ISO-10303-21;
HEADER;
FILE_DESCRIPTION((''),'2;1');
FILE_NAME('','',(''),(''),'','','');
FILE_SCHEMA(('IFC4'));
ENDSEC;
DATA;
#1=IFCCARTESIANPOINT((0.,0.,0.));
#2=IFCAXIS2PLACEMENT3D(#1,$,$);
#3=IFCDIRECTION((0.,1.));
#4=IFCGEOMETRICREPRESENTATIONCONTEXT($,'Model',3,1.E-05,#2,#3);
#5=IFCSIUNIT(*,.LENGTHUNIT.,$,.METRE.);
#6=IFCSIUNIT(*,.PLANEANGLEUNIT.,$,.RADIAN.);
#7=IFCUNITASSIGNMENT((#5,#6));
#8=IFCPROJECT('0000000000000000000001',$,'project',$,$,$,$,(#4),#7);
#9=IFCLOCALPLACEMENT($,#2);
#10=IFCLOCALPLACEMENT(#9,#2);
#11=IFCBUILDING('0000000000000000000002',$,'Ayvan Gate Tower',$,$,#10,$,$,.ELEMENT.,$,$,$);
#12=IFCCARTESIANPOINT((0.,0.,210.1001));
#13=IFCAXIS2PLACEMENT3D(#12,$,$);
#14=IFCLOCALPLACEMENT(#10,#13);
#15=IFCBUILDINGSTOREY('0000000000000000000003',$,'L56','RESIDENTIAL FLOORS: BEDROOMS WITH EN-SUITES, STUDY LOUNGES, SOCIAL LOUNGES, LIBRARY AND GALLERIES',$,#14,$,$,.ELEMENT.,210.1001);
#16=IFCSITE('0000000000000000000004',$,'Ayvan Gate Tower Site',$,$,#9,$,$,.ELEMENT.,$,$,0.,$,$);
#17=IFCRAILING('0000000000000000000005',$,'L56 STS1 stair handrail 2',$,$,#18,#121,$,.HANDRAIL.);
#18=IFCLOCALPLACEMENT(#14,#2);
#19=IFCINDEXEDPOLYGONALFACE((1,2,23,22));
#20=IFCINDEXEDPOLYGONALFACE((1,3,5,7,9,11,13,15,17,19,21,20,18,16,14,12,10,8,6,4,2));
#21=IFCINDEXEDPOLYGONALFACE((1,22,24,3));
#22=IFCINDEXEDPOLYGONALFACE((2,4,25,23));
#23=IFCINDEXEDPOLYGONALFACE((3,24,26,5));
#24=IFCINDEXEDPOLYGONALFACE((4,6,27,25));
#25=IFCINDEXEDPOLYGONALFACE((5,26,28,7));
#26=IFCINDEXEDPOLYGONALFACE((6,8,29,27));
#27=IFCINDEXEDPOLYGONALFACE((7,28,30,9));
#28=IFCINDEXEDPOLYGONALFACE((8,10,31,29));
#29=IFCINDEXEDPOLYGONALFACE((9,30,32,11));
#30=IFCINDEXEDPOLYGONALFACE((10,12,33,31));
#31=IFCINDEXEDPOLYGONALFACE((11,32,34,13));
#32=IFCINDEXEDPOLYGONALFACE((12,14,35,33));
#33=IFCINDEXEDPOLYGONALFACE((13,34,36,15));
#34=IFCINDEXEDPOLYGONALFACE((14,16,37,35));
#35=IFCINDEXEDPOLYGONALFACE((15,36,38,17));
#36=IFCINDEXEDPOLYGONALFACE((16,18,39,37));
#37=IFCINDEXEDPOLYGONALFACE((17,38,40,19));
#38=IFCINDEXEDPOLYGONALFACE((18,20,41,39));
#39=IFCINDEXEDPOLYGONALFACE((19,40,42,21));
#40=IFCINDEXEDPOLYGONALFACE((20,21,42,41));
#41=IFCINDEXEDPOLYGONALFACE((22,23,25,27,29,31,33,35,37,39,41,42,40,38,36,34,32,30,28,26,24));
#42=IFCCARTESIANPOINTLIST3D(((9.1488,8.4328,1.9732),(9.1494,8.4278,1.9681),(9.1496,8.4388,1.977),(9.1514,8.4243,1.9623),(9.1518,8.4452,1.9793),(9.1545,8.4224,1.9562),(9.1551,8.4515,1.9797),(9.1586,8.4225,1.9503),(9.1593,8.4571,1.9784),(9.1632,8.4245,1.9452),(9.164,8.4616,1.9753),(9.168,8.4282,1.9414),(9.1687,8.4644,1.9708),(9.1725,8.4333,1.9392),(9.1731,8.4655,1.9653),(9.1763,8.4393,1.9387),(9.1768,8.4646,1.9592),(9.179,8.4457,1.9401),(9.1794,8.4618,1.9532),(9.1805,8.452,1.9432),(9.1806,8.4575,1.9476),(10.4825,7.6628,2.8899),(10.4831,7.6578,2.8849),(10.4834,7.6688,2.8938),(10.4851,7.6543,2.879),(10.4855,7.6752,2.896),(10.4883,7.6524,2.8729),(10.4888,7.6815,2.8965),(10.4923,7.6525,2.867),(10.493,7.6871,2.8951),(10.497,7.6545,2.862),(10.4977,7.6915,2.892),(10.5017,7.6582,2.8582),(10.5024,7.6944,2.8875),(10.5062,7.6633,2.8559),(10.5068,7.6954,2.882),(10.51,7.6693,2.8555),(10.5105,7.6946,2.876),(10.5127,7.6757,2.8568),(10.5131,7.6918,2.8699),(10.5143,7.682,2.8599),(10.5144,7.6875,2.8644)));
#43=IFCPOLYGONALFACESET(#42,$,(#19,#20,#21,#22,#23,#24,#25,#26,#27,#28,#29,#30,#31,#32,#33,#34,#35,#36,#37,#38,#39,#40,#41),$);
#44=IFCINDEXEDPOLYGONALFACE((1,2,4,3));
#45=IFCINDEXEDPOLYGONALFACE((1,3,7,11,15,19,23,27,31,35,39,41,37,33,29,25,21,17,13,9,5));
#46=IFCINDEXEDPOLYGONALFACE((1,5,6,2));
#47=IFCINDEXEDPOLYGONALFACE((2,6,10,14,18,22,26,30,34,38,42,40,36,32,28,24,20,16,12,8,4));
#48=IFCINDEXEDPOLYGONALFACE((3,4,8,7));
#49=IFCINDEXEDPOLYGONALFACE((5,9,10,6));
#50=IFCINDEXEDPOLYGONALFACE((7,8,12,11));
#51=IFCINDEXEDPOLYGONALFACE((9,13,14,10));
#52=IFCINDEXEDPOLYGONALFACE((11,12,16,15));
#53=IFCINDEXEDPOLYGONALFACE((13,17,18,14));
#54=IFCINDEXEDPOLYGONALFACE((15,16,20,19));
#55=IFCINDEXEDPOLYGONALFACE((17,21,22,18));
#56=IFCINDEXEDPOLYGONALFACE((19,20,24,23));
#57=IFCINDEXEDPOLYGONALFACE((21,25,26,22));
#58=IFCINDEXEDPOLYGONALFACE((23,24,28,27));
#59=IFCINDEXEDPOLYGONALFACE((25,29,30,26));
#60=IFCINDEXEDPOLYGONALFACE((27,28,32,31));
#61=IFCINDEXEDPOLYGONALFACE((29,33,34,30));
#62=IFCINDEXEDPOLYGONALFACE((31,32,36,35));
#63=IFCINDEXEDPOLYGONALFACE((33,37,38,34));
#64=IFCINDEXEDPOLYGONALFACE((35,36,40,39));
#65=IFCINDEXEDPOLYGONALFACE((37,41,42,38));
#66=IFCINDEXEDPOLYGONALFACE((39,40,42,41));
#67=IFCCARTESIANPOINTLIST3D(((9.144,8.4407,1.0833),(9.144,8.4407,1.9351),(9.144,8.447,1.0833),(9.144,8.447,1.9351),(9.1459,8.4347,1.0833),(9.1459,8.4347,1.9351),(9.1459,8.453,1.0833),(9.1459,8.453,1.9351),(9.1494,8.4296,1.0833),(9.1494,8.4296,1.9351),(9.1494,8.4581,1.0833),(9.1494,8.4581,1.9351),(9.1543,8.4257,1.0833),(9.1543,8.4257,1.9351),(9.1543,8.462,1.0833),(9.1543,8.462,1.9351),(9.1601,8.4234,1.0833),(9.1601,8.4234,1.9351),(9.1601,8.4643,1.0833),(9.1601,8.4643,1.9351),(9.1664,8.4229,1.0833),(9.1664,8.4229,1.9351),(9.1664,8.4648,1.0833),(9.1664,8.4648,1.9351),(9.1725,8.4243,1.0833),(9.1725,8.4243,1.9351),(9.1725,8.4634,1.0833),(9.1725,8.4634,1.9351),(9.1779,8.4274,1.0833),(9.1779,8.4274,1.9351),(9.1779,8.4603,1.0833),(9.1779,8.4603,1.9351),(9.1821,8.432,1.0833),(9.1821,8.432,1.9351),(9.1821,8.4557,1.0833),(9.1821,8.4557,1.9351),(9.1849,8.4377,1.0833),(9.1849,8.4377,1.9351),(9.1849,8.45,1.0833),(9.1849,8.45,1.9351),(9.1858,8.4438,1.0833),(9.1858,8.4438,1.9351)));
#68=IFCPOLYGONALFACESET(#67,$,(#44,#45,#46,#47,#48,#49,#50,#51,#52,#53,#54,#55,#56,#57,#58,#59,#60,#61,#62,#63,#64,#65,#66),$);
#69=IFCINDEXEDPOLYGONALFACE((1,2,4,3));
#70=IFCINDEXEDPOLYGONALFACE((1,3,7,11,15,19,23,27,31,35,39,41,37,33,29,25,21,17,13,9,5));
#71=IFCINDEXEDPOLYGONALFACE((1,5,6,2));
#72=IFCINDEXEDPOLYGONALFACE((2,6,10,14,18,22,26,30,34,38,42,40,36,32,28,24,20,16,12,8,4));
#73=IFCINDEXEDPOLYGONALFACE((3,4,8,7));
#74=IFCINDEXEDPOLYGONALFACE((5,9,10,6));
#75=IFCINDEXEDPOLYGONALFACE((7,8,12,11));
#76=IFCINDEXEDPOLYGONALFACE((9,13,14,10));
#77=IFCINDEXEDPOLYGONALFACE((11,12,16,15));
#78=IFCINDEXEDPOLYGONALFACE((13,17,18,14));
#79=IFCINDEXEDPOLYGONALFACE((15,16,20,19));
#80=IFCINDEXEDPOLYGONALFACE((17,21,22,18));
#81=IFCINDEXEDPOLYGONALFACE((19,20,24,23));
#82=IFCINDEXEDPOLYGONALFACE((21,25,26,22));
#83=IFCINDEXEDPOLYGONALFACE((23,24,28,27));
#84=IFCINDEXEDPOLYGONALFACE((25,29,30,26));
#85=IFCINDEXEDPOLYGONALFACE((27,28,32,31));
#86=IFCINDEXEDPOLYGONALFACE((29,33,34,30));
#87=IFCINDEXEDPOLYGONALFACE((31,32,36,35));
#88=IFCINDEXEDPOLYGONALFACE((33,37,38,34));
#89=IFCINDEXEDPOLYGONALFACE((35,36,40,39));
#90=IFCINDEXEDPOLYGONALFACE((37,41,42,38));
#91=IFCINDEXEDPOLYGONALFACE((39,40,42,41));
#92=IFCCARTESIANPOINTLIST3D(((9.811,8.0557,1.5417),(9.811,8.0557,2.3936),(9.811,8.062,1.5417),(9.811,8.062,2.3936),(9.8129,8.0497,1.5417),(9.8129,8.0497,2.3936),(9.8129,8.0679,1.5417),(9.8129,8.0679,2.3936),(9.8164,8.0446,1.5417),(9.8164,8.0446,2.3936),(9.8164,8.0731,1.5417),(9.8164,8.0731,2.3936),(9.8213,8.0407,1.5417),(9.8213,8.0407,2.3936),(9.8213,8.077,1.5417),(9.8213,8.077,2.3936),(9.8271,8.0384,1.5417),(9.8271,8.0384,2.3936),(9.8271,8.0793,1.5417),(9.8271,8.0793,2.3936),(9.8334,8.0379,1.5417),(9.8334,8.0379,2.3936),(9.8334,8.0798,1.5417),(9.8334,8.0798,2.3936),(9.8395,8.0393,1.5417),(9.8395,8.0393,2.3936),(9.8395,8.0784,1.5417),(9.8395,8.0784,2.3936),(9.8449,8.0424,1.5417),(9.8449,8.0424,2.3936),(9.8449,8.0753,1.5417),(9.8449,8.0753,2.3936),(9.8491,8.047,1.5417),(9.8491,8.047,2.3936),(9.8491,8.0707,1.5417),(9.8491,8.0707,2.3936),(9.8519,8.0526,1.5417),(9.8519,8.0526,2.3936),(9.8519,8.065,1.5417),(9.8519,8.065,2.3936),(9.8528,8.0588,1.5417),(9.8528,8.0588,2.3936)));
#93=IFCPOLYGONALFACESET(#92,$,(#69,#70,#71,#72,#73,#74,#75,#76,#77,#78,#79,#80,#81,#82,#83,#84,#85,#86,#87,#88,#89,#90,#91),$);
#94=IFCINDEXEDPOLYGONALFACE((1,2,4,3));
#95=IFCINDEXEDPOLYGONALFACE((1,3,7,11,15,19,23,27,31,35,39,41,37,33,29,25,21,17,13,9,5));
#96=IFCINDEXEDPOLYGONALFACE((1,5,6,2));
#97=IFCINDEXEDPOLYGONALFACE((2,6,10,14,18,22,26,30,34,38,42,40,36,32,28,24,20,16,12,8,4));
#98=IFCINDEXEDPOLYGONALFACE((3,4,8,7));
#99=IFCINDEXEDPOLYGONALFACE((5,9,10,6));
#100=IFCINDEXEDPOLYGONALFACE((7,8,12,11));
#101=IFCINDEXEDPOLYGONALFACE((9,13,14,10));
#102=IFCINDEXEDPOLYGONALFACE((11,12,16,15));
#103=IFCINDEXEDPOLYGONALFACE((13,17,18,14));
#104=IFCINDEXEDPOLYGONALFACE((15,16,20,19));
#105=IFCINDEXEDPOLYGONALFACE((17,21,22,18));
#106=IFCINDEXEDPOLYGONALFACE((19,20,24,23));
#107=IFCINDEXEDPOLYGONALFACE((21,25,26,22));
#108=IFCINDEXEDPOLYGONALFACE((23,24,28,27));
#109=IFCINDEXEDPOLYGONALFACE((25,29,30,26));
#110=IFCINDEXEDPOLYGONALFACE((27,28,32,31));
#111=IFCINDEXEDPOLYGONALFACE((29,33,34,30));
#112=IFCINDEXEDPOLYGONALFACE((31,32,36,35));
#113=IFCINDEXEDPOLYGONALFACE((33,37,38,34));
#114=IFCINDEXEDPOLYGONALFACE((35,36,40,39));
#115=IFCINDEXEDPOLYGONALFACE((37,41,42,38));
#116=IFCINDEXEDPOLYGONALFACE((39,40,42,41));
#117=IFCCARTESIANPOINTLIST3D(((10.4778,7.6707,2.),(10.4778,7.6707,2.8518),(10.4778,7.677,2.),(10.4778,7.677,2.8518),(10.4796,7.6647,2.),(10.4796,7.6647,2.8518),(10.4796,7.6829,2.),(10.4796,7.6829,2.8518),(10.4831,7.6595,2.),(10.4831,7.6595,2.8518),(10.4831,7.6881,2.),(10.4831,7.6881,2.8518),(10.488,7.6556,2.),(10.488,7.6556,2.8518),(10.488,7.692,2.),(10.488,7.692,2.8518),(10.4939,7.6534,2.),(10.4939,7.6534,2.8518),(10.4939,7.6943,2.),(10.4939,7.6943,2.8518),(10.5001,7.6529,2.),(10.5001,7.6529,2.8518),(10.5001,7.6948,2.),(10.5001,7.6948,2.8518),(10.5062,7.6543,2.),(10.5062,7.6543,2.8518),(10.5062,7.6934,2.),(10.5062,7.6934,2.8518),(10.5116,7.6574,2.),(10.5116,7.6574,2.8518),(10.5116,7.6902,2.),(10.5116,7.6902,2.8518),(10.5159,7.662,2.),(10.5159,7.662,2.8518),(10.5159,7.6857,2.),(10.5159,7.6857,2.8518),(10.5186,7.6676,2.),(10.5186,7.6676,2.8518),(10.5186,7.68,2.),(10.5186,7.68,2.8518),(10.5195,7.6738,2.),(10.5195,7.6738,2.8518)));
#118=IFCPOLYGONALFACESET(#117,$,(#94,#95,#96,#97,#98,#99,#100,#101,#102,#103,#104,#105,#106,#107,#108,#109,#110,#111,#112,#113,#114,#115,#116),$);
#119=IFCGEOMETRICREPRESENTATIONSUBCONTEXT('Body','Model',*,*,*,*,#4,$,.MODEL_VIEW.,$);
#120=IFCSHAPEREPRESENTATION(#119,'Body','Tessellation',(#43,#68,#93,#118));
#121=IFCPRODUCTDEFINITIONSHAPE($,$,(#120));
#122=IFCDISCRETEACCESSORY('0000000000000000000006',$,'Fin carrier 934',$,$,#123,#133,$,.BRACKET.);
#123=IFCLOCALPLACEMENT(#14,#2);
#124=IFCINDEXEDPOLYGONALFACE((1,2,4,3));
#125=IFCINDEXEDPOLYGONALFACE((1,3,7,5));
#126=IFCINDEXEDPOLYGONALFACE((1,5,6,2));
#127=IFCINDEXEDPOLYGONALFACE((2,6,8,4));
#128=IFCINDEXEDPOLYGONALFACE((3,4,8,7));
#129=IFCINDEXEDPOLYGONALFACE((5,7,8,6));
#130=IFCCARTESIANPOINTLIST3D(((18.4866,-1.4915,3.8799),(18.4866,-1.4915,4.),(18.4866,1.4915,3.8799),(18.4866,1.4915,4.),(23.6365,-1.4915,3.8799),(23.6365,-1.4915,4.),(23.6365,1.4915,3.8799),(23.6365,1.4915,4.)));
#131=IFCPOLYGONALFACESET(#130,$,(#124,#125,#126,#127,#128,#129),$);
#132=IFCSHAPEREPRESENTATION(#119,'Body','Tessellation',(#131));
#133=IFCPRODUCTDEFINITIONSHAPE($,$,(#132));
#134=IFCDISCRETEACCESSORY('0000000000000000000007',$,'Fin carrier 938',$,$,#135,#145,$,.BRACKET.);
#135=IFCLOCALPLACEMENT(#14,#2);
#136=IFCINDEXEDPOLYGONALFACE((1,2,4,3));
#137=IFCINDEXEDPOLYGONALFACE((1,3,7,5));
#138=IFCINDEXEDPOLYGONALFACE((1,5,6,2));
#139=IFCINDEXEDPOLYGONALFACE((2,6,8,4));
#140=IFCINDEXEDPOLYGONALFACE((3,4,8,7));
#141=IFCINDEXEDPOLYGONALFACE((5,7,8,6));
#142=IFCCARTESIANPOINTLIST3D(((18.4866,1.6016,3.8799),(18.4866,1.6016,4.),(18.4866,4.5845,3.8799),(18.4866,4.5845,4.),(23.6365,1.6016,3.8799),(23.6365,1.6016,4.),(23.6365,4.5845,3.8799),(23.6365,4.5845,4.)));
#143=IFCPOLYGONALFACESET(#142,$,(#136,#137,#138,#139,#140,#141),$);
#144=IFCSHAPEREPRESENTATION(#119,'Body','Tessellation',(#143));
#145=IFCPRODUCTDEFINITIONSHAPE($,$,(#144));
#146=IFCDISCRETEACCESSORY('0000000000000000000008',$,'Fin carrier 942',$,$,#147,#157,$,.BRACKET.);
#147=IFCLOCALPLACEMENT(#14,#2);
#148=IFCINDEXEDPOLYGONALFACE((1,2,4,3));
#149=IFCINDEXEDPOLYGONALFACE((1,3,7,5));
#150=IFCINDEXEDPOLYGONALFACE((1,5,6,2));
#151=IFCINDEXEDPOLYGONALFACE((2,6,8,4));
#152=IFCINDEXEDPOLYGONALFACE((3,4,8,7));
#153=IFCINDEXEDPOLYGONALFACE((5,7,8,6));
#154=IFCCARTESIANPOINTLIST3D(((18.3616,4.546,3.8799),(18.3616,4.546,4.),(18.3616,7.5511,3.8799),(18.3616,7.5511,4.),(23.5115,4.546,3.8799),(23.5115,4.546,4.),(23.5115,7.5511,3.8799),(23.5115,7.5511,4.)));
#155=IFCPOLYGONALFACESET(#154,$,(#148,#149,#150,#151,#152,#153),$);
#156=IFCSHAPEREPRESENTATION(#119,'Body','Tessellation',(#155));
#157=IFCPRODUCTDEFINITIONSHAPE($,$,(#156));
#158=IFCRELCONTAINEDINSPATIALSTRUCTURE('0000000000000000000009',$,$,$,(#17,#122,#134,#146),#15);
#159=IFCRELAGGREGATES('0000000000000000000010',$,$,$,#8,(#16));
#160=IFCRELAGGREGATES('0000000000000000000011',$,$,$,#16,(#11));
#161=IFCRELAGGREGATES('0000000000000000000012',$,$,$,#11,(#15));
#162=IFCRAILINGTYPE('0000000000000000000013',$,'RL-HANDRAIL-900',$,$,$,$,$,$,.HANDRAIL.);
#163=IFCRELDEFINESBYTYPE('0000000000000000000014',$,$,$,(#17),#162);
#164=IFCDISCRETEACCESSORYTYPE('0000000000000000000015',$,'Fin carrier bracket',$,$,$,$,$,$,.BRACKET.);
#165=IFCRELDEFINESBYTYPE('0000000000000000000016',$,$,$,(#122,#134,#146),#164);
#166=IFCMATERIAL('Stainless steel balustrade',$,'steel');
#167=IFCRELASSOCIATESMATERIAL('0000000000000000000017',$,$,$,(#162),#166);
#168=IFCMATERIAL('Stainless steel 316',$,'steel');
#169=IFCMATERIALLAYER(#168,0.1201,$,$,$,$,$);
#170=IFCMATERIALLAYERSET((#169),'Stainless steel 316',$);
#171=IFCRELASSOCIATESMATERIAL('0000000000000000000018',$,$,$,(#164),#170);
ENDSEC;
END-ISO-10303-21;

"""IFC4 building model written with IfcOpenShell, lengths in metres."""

from ifc_helpers import new_model, si_unit, direction, frame, origin, origin_2d, place, context, subcontext, project, spatial, rectangle, circle, extrude, material, layer, layer_set, type_object, element, save


model = new_model("IFC4")

# Units and contexts
model_context = context("Model", 3, precision=1e-05, world=origin(), true_north=direction((0.0, 1.0)))
body_context = subcontext(model_context, "Body", "Model", "MODEL_VIEW")
ifc_project = project(units=[si_unit("LENGTHUNIT", "METRE"), si_unit("PLANEANGLEUNIT", "RADIAN")], contexts=[model_context])

# Site, building, storey
site_placement = place(None, origin())
site = spatial("IfcSite", under=ifc_project, at=site_placement, Name="Ayvan Gate Tower Site", CompositionType="ELEMENT", RefElevation=0.0)
building_placement = place(site_placement, origin())
building = spatial("IfcBuilding", under=site, at=building_placement, Name="Ayvan Gate Tower", CompositionType="ELEMENT")
storey_placement = place(building_placement, frame((0.0, 0.0, 210.1001)))
storey = spatial("IfcBuildingStorey", under=building, at=storey_placement, Name="L56", Description="RESIDENTIAL FLOORS: BEDROOMS WITH EN-SUITES, STUDY LOUNGES, SOCIAL LOUNGES, LIBRARY AND GALLERIES", CompositionType="ELEMENT", Elevation=210.1001)

# Railing
ifc_material_1 = material(Name="Stainless steel balustrade", Category="steel")
railing_type_1 = type_object("IfcRailingType", Name="RL-HANDRAIL-900", PredefinedType="HANDRAIL", material=ifc_material_1)
railing_1_placement = place(storey_placement, frame((9.1648, 8.4438, 1.0833)))
element("IfcRailing", 1, at=railing_1_placement, inside=storey, type_object=railing_type_1, Name="L56 STS1 stair handrail 2", PredefinedType="HANDRAIL", context=body_context, shape_type="SweptSolid", body=[
    extrude(circle(Radius=0.0239, at=origin_2d()), frame((0.0, 0.0, 0.876), z_axis=(0.744164, -0.429634, 0.511502), x_axis=(0.499992, 0.86603, 0.0)), (0.0, 0.0, 1.0), 1.7922),
    extrude(circle(Radius=0.021, at=origin_2d()), origin(), (0.0, 0.0, 1.0), 0.8518),
    extrude(circle(Radius=0.021, at=origin_2d()), frame((0.667, -0.385, 0.4585)), (0.0, 0.0, 1.0), 0.8518),
    extrude(circle(Radius=0.021, at=origin_2d()), frame((1.3337, -0.77, 0.9167)), (0.0, 0.0, 1.0), 0.8518),
])

# Discrete accessories
ifc_material_2 = material(Name="Stainless steel 316", Category="steel")
ifc_layer_1 = layer(ifc_material_2, 0.1201)
ifc_layer_set_1 = layer_set([ifc_layer_1], Name="Stainless steel 316")
discrete_accessory_type = type_object("IfcDiscreteAccessoryType", Name="Fin carrier bracket", PredefinedType="BRACKET", material=ifc_layer_set_1)
for number, where, z_axis, x_axis, name in (
    (2, (21.0615, 0.0, 3.8799), (0.0, 0.0, 1.0), (0.0, 1.0, 0.0), "Fin carrier 934"),
    (3, (21.0615, 3.093, 3.8799), (0.0, 0.0, 1.0), (0.0, 1.0, 0.0), "Fin carrier 938"),
):
    element("IfcDiscreteAccessory", number, at=place(storey_placement, frame(where, z_axis=z_axis, x_axis=x_axis)), inside=storey, type_object=discrete_accessory_type, Name=name, PredefinedType="BRACKET", context=body_context, shape_type="SweptSolid", body=[
        extrude(rectangle(XDim=2.9829, YDim=5.1499, at=origin_2d()), origin(), (0.0, 0.0, 1.0), 0.1201),
    ])
discrete_accessory_placement = place(storey_placement, frame((20.9365, 6.0486, 3.8799), z_axis=(0.0, 0.0, 1.0), x_axis=(0.0, 1.0, 0.0)))
element("IfcDiscreteAccessory", 4, at=discrete_accessory_placement, inside=storey, type_object=discrete_accessory_type, Name="Fin carrier 942", PredefinedType="BRACKET", context=body_context, shape_type="SweptSolid", body=[
    extrude(rectangle(XDim=3.0051, YDim=5.1499, at=origin_2d()), origin(), (0.0, 0.0, 1.0), 0.1201),
])

save(model, "model.ifc")
